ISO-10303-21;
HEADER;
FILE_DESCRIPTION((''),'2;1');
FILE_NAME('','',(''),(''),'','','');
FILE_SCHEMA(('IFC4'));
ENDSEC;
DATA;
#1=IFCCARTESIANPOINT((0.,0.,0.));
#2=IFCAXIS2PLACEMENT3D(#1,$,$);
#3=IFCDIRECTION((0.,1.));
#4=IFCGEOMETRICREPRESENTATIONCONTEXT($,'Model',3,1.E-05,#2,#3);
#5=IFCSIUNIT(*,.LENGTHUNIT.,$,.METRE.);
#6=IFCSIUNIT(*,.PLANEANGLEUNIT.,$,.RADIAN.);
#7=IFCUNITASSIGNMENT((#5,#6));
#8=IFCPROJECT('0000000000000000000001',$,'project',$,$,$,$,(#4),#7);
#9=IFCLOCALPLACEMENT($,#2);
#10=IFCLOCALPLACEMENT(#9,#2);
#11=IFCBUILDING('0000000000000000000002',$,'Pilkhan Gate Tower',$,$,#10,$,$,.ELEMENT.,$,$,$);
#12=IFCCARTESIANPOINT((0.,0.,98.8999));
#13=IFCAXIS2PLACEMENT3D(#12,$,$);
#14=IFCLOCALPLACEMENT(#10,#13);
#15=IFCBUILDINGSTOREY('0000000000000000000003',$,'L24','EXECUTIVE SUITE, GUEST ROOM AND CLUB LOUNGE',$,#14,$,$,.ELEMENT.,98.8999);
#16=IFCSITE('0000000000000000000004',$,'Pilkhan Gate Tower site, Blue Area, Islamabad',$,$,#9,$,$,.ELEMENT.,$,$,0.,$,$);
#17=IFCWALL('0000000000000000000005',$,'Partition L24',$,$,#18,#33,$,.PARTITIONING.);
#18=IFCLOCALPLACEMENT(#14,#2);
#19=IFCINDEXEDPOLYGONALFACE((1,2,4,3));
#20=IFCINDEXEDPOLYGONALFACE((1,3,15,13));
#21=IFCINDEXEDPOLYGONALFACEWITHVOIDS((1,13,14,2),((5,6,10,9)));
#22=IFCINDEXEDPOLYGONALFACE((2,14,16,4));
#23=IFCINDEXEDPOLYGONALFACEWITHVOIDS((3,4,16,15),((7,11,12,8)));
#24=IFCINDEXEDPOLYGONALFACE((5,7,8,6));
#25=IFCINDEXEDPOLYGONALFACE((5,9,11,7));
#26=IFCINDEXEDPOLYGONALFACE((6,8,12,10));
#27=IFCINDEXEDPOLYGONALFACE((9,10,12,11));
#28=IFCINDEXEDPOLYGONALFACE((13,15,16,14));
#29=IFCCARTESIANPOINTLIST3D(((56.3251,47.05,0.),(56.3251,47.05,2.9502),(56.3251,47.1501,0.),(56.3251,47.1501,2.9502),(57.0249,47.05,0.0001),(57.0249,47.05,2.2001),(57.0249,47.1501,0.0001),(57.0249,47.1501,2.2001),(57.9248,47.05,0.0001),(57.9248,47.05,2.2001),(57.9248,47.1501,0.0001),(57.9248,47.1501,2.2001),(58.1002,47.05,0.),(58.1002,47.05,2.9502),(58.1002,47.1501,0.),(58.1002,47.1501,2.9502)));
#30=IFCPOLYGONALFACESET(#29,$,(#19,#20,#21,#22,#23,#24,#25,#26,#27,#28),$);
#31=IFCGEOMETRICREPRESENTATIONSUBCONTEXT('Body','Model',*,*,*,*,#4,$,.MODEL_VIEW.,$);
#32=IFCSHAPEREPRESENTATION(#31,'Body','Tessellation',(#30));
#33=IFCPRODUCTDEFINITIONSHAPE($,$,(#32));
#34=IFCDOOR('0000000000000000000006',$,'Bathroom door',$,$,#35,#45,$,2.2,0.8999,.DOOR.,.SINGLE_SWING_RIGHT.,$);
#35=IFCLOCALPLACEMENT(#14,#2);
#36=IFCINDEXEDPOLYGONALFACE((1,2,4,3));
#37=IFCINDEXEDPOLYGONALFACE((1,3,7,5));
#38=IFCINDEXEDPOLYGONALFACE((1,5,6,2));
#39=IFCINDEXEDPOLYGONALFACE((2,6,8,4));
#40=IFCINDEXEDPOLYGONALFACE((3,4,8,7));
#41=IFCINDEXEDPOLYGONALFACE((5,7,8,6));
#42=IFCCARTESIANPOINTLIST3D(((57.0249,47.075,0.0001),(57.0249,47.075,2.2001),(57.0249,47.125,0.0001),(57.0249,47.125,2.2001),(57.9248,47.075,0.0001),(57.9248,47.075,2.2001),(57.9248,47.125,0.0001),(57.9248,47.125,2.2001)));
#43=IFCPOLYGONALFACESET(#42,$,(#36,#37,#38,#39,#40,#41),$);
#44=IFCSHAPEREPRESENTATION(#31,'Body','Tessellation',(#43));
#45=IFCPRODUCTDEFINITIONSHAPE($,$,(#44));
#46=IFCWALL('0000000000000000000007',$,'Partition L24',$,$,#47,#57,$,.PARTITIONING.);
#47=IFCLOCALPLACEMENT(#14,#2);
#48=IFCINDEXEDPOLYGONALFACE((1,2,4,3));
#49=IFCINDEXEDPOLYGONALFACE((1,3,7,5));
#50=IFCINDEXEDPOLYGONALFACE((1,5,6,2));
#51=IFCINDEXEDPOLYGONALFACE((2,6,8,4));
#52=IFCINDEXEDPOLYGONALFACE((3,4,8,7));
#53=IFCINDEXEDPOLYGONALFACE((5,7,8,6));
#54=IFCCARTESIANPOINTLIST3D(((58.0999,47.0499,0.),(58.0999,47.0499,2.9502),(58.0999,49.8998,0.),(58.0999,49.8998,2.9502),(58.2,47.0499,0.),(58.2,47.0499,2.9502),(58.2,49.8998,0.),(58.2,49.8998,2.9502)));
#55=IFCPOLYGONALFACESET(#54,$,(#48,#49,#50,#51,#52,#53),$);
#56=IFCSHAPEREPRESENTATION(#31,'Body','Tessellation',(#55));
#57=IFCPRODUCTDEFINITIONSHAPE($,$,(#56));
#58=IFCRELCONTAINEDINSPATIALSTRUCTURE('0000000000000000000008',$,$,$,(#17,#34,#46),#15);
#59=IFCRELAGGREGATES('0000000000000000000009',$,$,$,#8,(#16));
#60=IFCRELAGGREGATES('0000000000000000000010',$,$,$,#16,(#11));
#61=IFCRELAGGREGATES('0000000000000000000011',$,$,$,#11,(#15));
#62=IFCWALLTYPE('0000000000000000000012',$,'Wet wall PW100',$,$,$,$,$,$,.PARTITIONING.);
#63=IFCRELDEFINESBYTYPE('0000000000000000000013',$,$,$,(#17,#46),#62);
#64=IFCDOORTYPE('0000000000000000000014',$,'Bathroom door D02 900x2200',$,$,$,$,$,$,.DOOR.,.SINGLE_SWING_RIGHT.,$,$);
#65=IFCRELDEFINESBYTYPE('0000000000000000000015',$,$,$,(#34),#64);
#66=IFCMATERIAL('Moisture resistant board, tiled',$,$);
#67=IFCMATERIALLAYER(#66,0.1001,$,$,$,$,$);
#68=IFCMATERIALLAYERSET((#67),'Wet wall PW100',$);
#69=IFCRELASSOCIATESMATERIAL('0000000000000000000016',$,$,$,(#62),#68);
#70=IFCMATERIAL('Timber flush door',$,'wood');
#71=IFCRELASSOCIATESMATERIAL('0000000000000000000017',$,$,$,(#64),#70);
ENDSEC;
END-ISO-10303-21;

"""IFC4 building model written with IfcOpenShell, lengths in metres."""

from ifc_helpers import new_model, si_unit, direction, frame, frame_2d, origin, place, context, subcontext, project, spatial, rectangle, extrude, material, layer, layer_set, type_object, element, fill, save


model = new_model("IFC4")

# Units and contexts
model_context = context("Model", 3, precision=1e-05, world=origin(), true_north=direction((0.0, 1.0)))
body_context = subcontext(model_context, "Body", "Model", "MODEL_VIEW")
ifc_project = project(units=[si_unit("LENGTHUNIT", "METRE"), si_unit("PLANEANGLEUNIT", "RADIAN")], contexts=[model_context])

# Site, building, storey
site_placement = place(None, origin())
site = spatial("IfcSite", under=ifc_project, at=site_placement, Name="Pilkhan Gate Tower site, Blue Area, Islamabad", CompositionType="ELEMENT", RefElevation=0.0)
building_placement = place(site_placement, origin())
building = spatial("IfcBuilding", under=site, at=building_placement, Name="Pilkhan Gate Tower", CompositionType="ELEMENT")
storey_placement = place(building_placement, frame((0.0, 0.0, 98.8999)))
storey = spatial("IfcBuildingStorey", under=building, at=storey_placement, Name="L24", Description="EXECUTIVE SUITE, GUEST ROOM AND CLUB LOUNGE", CompositionType="ELEMENT", Elevation=98.8999)

# Wall, opening, door
ifc_material_1 = material(Name="Moisture resistant board, tiled")
ifc_layer_1 = layer(ifc_material_1, 0.1001)
ifc_layer_set_1 = layer_set([ifc_layer_1], Name="Wet wall PW100")
wall_type_1 = type_object("IfcWallType", Name="Wet wall PW100", PredefinedType="PARTITIONING", material=ifc_layer_set_1)
wall_1_placement = place(storey_placement, frame((56.325, 47.1001, 0.0), z_axis=(0.0, 0.0, 1.0), x_axis=(1.0, 0.0, 0.0)))
wall_1 = element("IfcWall", 1, at=wall_1_placement, inside=storey, type_object=wall_type_1, Name="Partition L24", PredefinedType="PARTITIONING", context=body_context, shape_type="SweptSolid", body=[
    extrude(rectangle(XDim=1.7751, YDim=0.1001, at=frame_2d((0.8877, 0.0))), origin(), (0.0, 0.0, 1.0), 2.9502),
])
opening_1_placement = place(wall_1_placement, frame((0.7, 0.0, 0.0)))
opening_1 = element("IfcOpeningElement", 2, at=opening_1_placement, cuts=wall_1, PredefinedType="OPENING", context=body_context, shape_type="SweptSolid", body=[
    extrude(rectangle(XDim=0.8999, YDim=2.2, at=frame_2d((0.45, 1.1001))), frame((0.0, 0.0601, 0.0), z_axis=(0.0, -1.0, 0.0), x_axis=(1.0, 0.0, 0.0)), (0.0, 0.0, 1.0), 0.1201),
])
ifc_material_2 = material(Name="Timber flush door", Category="wood")
door_type_1 = type_object("IfcDoorType", Name="Bathroom door D02 900x2200", OperationType="SINGLE_SWING_RIGHT", PredefinedType="DOOR", material=ifc_material_2)
door_1_placement = place(opening_1_placement, origin())
door_1 = element("IfcDoor", 3, at=door_1_placement, inside=storey, type_object=door_type_1, Name="Bathroom door", OperationType="SINGLE_SWING_RIGHT", OverallHeight=2.2, OverallWidth=0.8999, PredefinedType="DOOR", context=body_context, shape_type="SweptSolid", body=[
    extrude(rectangle(XDim=0.8999, YDim=2.2, at=frame_2d((0.45, 1.1001))), frame((0.0, 0.0249, 0.0), z_axis=(0.0, -1.0, 0.0), x_axis=(1.0, 0.0, 0.0)), (0.0, 0.0, 1.0), 0.05),
])
fill(opening_1, door_1)

# Wall
wall_2_placement = place(storey_placement, frame((58.1499, 47.05, 0.0), z_axis=(0.0, 0.0, 1.0), x_axis=(0.0, 1.0, 0.0)))
element("IfcWall", 4, at=wall_2_placement, inside=storey, type_object=wall_type_1, Name="Partition L24", PredefinedType="PARTITIONING", context=body_context, shape_type="SweptSolid", body=[
    extrude(rectangle(XDim=2.8499, YDim=0.1001, at=frame_2d((1.4248, 0.0))), origin(), (0.0, 0.0, 1.0), 2.9502),
])

save(model, "model.ifc")
